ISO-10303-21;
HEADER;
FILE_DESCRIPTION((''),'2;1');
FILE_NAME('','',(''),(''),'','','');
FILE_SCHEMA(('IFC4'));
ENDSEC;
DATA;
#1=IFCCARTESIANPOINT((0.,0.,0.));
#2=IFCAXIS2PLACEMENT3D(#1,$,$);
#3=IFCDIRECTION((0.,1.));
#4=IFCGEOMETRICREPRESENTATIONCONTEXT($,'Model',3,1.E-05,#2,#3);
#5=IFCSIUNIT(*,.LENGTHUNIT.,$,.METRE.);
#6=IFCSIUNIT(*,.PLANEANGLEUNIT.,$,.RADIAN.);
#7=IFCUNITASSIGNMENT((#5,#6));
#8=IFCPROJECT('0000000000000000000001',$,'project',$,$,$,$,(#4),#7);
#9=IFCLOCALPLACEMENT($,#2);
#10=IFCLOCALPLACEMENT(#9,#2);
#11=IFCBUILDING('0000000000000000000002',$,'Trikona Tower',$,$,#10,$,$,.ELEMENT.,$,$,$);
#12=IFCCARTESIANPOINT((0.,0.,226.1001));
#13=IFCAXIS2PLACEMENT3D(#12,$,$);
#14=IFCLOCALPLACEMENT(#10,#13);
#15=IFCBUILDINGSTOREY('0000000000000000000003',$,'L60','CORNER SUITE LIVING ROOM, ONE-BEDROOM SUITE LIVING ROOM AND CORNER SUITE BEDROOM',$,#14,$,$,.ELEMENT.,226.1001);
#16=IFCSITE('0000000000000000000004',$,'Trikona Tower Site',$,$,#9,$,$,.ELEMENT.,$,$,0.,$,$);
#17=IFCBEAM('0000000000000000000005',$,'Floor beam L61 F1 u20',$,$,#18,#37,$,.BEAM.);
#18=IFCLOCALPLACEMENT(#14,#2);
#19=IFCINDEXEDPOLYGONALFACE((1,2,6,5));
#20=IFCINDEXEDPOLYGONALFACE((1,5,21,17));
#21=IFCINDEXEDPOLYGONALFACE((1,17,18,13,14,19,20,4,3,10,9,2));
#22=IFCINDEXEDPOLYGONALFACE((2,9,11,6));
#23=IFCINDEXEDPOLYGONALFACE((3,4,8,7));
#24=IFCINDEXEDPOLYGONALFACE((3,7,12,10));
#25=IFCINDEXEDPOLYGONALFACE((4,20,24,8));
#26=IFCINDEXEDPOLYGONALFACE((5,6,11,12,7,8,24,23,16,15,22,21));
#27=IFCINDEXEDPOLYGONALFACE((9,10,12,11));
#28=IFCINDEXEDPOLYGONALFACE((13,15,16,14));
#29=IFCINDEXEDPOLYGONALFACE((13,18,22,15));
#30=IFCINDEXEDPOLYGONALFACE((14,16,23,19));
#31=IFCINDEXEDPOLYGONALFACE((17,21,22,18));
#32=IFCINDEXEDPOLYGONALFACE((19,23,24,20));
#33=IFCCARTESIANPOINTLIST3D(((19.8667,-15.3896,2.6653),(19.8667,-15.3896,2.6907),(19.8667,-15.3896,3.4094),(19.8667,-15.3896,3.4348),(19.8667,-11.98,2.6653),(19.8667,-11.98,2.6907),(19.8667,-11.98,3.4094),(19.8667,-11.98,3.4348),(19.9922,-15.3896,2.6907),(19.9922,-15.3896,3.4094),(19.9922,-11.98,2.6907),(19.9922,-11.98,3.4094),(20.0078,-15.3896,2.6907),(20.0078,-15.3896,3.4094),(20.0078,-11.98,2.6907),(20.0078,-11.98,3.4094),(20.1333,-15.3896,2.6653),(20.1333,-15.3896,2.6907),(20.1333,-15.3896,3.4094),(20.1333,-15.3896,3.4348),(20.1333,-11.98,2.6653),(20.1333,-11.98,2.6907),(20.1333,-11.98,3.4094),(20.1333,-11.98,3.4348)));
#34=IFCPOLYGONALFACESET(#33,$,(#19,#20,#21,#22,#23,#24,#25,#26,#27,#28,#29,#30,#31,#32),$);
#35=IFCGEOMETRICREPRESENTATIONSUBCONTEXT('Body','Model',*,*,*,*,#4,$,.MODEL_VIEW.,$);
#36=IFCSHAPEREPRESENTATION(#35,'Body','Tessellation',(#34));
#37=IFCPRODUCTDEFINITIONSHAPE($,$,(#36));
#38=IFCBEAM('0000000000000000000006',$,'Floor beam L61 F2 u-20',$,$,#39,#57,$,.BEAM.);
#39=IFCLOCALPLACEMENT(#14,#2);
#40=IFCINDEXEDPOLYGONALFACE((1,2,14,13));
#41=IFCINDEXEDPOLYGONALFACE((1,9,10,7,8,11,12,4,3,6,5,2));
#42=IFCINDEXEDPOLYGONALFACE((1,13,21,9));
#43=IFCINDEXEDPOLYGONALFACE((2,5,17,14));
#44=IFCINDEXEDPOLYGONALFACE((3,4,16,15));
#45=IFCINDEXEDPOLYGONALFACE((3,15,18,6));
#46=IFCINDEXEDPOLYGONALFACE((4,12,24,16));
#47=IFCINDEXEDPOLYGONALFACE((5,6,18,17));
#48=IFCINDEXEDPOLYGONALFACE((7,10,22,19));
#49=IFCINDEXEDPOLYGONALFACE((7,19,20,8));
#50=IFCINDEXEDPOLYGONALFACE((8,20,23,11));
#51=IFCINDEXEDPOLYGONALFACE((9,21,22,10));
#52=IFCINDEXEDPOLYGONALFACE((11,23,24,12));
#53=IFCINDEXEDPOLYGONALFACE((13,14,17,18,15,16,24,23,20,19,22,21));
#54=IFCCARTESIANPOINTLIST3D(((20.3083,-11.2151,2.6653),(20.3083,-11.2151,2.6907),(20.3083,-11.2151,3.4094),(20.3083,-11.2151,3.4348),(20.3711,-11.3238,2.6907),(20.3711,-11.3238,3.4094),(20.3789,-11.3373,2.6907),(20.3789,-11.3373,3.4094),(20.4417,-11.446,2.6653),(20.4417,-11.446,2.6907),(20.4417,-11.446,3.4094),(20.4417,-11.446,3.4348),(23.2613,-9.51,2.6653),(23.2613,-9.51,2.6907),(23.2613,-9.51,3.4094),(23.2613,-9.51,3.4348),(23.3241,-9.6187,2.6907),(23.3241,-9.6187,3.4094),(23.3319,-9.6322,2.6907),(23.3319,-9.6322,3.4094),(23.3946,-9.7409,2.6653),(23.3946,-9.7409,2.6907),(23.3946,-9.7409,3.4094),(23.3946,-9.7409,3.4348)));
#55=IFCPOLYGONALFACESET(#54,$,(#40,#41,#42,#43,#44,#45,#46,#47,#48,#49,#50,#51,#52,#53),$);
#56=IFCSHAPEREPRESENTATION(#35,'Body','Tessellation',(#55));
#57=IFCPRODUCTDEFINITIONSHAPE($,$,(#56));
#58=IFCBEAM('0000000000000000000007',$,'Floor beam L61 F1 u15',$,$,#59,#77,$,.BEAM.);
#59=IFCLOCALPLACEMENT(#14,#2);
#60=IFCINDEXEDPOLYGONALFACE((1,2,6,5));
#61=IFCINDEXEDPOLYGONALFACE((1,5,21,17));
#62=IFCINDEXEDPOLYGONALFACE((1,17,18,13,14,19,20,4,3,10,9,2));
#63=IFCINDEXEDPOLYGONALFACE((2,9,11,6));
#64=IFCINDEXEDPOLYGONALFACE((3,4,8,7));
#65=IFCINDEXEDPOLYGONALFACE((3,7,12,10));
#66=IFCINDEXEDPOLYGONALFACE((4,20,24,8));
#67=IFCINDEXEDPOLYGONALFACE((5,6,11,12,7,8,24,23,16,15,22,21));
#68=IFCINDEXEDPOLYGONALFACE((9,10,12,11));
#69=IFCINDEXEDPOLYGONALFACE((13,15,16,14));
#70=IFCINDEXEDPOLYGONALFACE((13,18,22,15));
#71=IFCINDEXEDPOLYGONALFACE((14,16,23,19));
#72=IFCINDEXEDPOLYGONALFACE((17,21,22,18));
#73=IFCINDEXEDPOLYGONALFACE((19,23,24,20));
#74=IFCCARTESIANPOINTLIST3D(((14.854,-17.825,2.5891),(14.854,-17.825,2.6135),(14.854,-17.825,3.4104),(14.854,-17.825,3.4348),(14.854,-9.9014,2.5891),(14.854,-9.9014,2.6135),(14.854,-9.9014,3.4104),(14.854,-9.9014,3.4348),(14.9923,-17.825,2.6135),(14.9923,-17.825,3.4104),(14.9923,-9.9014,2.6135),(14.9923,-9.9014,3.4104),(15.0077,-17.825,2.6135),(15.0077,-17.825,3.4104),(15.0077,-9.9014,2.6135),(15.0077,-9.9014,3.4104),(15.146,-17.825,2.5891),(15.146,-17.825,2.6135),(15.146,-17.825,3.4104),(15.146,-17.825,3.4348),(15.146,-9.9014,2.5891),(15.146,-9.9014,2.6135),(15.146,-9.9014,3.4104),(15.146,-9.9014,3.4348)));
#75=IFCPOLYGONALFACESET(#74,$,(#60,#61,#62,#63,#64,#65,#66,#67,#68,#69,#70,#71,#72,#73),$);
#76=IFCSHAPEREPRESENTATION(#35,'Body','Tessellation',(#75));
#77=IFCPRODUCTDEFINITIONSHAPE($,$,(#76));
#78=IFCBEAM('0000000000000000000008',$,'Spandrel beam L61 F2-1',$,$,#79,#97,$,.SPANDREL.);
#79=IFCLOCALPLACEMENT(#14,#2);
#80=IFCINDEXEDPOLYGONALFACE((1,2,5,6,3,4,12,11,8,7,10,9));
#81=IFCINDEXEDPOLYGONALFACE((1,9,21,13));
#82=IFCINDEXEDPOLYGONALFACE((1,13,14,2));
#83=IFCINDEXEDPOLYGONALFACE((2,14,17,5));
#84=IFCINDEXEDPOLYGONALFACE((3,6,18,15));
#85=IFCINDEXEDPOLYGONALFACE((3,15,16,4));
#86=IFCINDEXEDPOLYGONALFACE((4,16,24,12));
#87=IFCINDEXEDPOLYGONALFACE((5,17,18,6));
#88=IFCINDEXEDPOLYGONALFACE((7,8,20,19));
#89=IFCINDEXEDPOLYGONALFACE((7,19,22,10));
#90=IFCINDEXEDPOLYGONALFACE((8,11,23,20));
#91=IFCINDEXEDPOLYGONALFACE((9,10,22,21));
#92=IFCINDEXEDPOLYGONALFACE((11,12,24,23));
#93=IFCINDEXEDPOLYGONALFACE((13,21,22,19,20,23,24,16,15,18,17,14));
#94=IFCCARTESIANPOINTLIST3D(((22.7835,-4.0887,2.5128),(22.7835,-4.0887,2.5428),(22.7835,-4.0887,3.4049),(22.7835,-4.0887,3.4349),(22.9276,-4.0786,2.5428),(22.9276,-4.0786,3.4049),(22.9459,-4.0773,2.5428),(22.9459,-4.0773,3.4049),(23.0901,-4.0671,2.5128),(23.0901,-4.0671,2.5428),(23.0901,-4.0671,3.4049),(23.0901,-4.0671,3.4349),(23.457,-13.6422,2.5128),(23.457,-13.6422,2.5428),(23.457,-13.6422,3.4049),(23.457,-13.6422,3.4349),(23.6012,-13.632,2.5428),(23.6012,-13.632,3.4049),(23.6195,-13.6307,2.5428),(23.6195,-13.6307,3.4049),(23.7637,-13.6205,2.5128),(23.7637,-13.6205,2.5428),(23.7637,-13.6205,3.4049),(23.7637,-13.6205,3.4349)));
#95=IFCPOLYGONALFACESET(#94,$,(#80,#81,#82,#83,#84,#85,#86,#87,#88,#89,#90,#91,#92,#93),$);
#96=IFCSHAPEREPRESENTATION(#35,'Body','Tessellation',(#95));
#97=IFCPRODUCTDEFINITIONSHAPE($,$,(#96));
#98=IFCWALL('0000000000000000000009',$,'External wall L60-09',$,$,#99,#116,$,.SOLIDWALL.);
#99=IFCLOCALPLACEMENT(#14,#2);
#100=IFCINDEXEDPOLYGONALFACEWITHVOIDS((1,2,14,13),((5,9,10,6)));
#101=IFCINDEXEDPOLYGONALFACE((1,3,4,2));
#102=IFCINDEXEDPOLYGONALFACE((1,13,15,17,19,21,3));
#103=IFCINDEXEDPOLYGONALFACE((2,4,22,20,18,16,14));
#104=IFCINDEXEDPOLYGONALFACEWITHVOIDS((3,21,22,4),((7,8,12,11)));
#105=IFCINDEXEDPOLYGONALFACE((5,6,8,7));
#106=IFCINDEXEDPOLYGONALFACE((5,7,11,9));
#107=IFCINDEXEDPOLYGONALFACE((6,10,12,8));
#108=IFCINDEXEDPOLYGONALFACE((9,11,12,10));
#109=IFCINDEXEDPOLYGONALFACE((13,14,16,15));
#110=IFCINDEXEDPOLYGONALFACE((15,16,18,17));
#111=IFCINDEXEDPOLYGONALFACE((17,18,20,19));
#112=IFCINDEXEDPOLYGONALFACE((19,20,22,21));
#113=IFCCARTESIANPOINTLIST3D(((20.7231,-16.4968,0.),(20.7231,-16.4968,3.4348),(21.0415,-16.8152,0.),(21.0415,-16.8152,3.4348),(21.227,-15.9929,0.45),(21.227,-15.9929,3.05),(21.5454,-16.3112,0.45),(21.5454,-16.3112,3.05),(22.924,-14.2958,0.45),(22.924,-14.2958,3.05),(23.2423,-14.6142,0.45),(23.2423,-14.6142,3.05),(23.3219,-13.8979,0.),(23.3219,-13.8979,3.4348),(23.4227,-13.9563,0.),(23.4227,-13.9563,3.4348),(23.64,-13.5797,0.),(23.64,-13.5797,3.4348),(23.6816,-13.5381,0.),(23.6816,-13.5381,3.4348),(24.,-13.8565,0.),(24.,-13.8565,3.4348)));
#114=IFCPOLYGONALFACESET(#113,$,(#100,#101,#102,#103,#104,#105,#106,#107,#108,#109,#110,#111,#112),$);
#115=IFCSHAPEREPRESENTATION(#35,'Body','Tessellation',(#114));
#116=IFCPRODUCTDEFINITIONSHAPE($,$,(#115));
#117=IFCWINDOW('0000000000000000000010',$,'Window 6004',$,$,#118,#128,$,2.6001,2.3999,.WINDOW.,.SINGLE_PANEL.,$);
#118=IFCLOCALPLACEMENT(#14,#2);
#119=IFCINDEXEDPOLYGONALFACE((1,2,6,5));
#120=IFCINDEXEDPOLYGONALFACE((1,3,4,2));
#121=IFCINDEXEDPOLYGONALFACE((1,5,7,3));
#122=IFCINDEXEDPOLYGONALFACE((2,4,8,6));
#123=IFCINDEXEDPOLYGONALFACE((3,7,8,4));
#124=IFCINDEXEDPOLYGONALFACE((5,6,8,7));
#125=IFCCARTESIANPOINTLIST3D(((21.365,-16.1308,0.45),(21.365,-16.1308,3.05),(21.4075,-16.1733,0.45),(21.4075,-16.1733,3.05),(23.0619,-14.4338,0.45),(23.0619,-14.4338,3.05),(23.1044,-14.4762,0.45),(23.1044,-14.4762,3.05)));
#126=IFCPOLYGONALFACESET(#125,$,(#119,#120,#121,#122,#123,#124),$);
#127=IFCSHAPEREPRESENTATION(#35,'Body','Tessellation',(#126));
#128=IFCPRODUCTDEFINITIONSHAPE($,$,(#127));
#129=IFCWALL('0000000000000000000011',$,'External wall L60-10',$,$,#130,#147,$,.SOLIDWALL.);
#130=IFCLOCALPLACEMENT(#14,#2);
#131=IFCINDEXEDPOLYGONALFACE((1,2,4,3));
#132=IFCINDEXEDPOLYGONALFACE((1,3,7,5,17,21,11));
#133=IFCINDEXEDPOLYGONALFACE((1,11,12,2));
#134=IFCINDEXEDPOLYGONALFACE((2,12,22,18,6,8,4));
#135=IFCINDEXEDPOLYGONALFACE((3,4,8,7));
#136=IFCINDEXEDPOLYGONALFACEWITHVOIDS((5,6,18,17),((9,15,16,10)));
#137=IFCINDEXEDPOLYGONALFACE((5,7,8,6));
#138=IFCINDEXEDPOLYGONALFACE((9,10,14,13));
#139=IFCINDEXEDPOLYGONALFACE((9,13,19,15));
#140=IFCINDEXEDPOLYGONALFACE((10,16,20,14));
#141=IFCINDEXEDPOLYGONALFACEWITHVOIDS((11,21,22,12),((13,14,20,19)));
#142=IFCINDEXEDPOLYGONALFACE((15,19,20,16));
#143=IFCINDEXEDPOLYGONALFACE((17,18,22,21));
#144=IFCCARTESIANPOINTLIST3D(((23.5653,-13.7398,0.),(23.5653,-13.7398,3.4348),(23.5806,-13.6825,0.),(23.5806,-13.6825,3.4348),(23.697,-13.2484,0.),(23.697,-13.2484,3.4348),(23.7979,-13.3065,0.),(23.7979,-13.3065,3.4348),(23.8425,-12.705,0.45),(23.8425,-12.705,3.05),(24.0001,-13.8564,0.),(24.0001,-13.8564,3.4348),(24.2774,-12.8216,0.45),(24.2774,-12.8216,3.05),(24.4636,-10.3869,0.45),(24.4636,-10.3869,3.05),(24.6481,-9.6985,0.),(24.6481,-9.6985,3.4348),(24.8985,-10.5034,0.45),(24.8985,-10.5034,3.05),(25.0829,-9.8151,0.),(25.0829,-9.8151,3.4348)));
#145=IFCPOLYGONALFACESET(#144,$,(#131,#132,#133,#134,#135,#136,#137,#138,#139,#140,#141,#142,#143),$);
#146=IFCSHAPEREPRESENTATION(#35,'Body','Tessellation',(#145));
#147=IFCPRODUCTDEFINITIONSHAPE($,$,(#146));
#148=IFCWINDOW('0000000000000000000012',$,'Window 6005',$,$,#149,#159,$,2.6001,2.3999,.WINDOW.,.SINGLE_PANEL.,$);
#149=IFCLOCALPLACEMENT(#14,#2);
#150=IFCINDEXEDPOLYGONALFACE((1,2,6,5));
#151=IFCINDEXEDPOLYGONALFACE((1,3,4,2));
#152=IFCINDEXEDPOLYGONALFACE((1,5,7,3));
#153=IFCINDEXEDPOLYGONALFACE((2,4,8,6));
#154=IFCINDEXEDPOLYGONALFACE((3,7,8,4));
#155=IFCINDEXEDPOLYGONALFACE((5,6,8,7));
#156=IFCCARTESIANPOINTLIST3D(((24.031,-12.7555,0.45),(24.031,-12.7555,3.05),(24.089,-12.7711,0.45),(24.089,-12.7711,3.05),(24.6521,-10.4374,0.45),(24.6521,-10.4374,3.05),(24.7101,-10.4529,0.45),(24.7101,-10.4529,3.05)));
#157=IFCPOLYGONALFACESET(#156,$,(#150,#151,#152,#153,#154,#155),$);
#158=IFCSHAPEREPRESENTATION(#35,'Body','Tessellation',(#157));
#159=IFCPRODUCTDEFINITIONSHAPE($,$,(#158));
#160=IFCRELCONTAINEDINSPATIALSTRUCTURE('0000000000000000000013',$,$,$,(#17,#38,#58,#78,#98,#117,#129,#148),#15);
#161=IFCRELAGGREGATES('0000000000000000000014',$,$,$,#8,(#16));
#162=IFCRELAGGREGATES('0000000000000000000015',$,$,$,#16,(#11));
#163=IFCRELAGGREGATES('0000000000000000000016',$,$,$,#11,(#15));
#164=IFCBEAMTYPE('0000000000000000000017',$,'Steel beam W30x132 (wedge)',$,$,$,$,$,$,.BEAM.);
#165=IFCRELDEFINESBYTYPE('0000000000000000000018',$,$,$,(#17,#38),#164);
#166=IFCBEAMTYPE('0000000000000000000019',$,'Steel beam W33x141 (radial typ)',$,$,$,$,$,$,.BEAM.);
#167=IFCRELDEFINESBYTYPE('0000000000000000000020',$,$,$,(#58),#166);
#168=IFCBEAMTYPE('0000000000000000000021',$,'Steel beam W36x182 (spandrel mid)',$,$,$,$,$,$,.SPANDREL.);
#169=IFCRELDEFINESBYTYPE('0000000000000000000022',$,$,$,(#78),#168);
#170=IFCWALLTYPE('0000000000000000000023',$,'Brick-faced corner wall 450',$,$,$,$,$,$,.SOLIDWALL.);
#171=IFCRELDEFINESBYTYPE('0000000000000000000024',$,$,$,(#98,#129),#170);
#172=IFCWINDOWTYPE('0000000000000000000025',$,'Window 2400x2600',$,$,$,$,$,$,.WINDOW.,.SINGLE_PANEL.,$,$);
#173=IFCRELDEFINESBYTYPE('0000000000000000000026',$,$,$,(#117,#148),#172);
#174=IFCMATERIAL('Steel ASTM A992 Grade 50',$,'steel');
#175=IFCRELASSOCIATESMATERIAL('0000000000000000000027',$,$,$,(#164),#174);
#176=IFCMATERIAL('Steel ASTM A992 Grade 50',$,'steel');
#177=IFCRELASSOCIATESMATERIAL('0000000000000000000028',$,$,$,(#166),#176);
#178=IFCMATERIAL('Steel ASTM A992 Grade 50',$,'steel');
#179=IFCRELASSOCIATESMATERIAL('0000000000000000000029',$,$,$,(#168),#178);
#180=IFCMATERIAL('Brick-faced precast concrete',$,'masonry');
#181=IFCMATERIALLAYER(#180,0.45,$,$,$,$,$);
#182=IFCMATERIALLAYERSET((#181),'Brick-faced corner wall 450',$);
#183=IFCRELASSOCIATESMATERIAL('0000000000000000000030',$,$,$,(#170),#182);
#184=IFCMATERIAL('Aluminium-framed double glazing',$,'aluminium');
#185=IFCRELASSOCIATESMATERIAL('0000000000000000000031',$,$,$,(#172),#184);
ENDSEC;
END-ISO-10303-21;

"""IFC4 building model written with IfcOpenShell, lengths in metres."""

from ifc_helpers import new_model, si_unit, direction, frame, frame_2d, origin, origin_2d, place, context, subcontext, project, spatial, polyline, rectangle, i_section, outline, extrude, material, layer, layer_set, material_profile, profile_set, type_object, element, fill, save


model = new_model("IFC4")

# Units and contexts
model_context = context("Model", 3, precision=1e-05, world=origin(), true_north=direction((0.0, 1.0)))
body_context = subcontext(model_context, "Body", "Model", "MODEL_VIEW")
ifc_project = project(units=[si_unit("LENGTHUNIT", "METRE"), si_unit("PLANEANGLEUNIT", "RADIAN")], contexts=[model_context])

# Site, building, storey
site_placement = place(None, origin())
site = spatial("IfcSite", under=ifc_project, at=site_placement, Name="Trikona Tower Site", CompositionType="ELEMENT", RefElevation=0.0)
building_placement = place(site_placement, origin())
building = spatial("IfcBuilding", under=site, at=building_placement, Name="Trikona Tower", CompositionType="ELEMENT")
storey_placement = place(building_placement, frame((0.0, 0.0, 226.1001)))
storey = spatial("IfcBuildingStorey", under=building, at=storey_placement, Name="L60", Description="CORNER SUITE LIVING ROOM, ONE-BEDROOM SUITE LIVING ROOM AND CORNER SUITE BEDROOM", CompositionType="ELEMENT", Elevation=226.1001)

# Beams
ifc_material_1 = material(Name="Steel ASTM A992 Grade 50", Category="steel")
ifc_material_profile_1 = material_profile(ifc_material_1, i_section(OverallWidth=0.2666, OverallDepth=0.7695, WebThickness=0.0156, FlangeThickness=0.0254, at=origin_2d()), Name="W30X132")
ifc_profile_set_1 = profile_set([ifc_material_profile_1], Name="Steel ASTM A992 Grade 50")
beam_type_1 = type_object("IfcBeamType", Name="Steel beam W30x132 (wedge)", PredefinedType="BEAM", material=ifc_profile_set_1)
beam_1_placement = place(storey_placement, frame((20.0, -11.98, 3.05), z_axis=(0.0, -1.0, 0.0), x_axis=(1.0, 0.0, 0.0)))
element("IfcBeam", 1, at=beam_1_placement, inside=storey, type_object=beam_type_1, Name="Floor beam L61 F1 u20", PredefinedType="BEAM", context=body_context, shape_type="SweptSolid", body=[
    extrude(i_section(OverallWidth=0.2666, OverallDepth=0.7695, WebThickness=0.0156, FlangeThickness=0.0254, at=origin_2d()), origin(), (0.0, 0.0, 1.0), 3.4097),
])
beam_2_placement = place(storey_placement, frame((20.375, -11.3306, 3.05), z_axis=(0.865996, 0.500051, 0.0), x_axis=(-0.500051, 0.865996, 0.0)))
element("IfcBeam", 2, at=beam_2_placement, inside=storey, type_object=beam_type_1, Name="Floor beam L61 F2 u-20", PredefinedType="BEAM", context=body_context, shape_type="SweptSolid", body=[
    extrude(i_section(OverallWidth=0.2666, OverallDepth=0.7695, WebThickness=0.0156, FlangeThickness=0.0254, at=origin_2d()), origin(), (0.0, 0.0, 1.0), 3.4099),
])
ifc_material_2 = material(Name="Steel ASTM A992 Grade 50", Category="steel")
ifc_material_profile_2 = material_profile(ifc_material_2, i_section(OverallWidth=0.292, OverallDepth=0.8457, WebThickness=0.0154, FlangeThickness=0.0244, at=origin_2d()), Name="W33X141")
ifc_profile_set_2 = profile_set([ifc_material_profile_2], Name="Steel ASTM A992 Grade 50")
beam_type_2 = type_object("IfcBeamType", Name="Steel beam W33x141 (radial typ)", PredefinedType="BEAM", material=ifc_profile_set_2)
beam_3_placement = place(storey_placement, frame((15.0, -9.9014, 3.012), z_axis=(0.0, -1.0, 0.0), x_axis=(1.0, 0.0, 0.0)))
element("IfcBeam", 3, at=beam_3_placement, inside=storey, type_object=beam_type_2, Name="Floor beam L61 F1 u15", PredefinedType="BEAM", context=body_context, shape_type="SweptSolid", body=[
    extrude(i_section(OverallWidth=0.292, OverallDepth=0.8457, WebThickness=0.0154, FlangeThickness=0.0244, at=origin_2d()), origin(), (0.0, 0.0, 1.0), 7.9236),
])
ifc_material_3 = material(Name="Steel ASTM A992 Grade 50", Category="steel")
ifc_material_profile_3 = material_profile(ifc_material_3, i_section(OverallWidth=0.3074, OverallDepth=0.9221, WebThickness=0.0183, FlangeThickness=0.03, at=origin_2d()), Name="W36X182")
ifc_profile_set_3 = profile_set([ifc_material_profile_3], Name="Steel ASTM A992 Grade 50")
beam_type_3 = type_object("IfcBeamType", Name="Steel beam W36x182 (spandrel mid)", PredefinedType="SPANDREL", material=ifc_profile_set_3)
beam_4_placement = place(storey_placement, frame((23.6104, -13.6313, 2.9739), z_axis=(-0.070332, 0.997524, 0.0), x_axis=(-0.997524, -0.070332, 0.0)))
element("IfcBeam", 4, at=beam_4_placement, inside=storey, type_object=beam_type_3, Name="Spandrel beam L61 F2-1", PredefinedType="SPANDREL", context=body_context, shape_type="SweptSolid", body=[
    extrude(i_section(OverallWidth=0.3074, OverallDepth=0.9221, WebThickness=0.0183, FlangeThickness=0.03, at=origin_2d()), origin(), (0.0, 0.0, 1.0), 9.5771),
])

# Walls, openings, windows
ifc_material_4 = material(Name="Brick-faced precast concrete", Category="masonry")
ifc_layer_1 = layer(ifc_material_4, 0.45)
ifc_layer_set_1 = layer_set([ifc_layer_1], Name="Brick-faced corner wall 450")
wall_type_1 = type_object("IfcWallType", Name="Brick-faced corner wall 450", PredefinedType="SOLIDWALL", material=ifc_layer_set_1)
wall_1_placement = place(storey_placement, frame((20.8823, -16.656, 0.0), z_axis=(0.0, 0.0, 1.0), x_axis=(0.707078, 0.707136, 0.0)))
wall_1 = element("IfcWall", 5, at=wall_1_placement, inside=storey, type_object=wall_type_1, Name="External wall L60-09", PredefinedType="SOLIDWALL", context=body_context, shape_type="SweptSolid", body=[
    extrude(outline(polyline([(4.1841, 0.2251), (4.1252, 0.2251), (3.7053, 0.1125), (3.6753, 0.2251), (0.0, 0.2251), (0.0, -0.2251), (4.1841, -0.2251), (4.1841, 0.2251)])), origin(), (0.0, 0.0, 1.0), 3.4348),
])
opening_1_placement = place(wall_1_placement, frame((0.7126, 0.0, 0.45)))
opening_1 = element("IfcOpeningElement", 6, at=opening_1_placement, cuts=wall_1, PredefinedType="OPENING", context=body_context, shape_type="SweptSolid", body=[
    extrude(rectangle(XDim=2.3999, YDim=2.6001, at=frame_2d((1.2, 1.3))), frame((0.0, 0.2349, 0.0), z_axis=(0.0, -1.0, 0.0), x_axis=(1.0, 0.0, 0.0)), (0.0, 0.0, 1.0), 0.47),
])
ifc_material_5 = material(Name="Aluminium-framed double glazing", Category="aluminium")
window_type_1 = type_object("IfcWindowType", Name="Window 2400x2600", PartitioningType="SINGLE_PANEL", PredefinedType="WINDOW", material=ifc_material_5)
window_1_placement = place(opening_1_placement, origin())
window_1 = element("IfcWindow", 7, at=window_1_placement, inside=storey, type_object=window_type_1, Name="Window 6004", OverallHeight=2.6001, OverallWidth=2.3999, PartitioningType="SINGLE_PANEL", PredefinedType="WINDOW", context=body_context, shape_type="SweptSolid", body=[
    extrude(rectangle(XDim=2.3999, YDim=2.6001, at=frame_2d((1.2, 1.3))), frame((0.0, 0.03, 0.0), z_axis=(0.0, -1.0, 0.0), x_axis=(1.0, 0.0, 0.0)), (0.0, 0.0, 1.0), 0.0601),
])
fill(opening_1, window_1)
wall_2_placement = place(storey_placement, frame((23.7827, -13.7981, 0.0), z_axis=(0.0, 0.0, 1.0), x_axis=(0.258799, 0.965931, 0.0)))
wall_2 = element("IfcWall", 8, at=wall_2_placement, inside=storey, type_object=wall_type_1, Name="External wall L60-10", PredefinedType="SOLIDWALL", context=body_context, shape_type="SweptSolid", body=[
    extrude(outline(polyline([(4.1838, 0.2251), (0.5088, 0.2251), (0.4788, 0.1125), (0.0593, 0.2251), (0.0, 0.2251), (0.0, -0.2251), (4.1838, -0.2251), (4.1838, 0.2251)])), origin(), (0.0, 0.0, 1.0), 3.4348),
])
opening_2_placement = place(wall_2_placement, frame((1.0713, 0.0, 0.45)))
opening_2 = element("IfcOpeningElement", 9, at=opening_2_placement, cuts=wall_2, PredefinedType="OPENING", context=body_context, shape_type="SweptSolid", body=[
    extrude(rectangle(XDim=2.3999, YDim=2.6001, at=frame_2d((1.2, 1.3))), frame((0.0, 0.2349, 0.0), z_axis=(0.0, -1.0, 0.0), x_axis=(1.0, 0.0, 0.0)), (0.0, 0.0, 1.0), 0.47),
])
window_2_placement = place(opening_2_placement, origin())
window_2 = element("IfcWindow", 10, at=window_2_placement, inside=storey, type_object=window_type_1, Name="Window 6005", OverallHeight=2.6001, OverallWidth=2.3999, PartitioningType="SINGLE_PANEL", PredefinedType="WINDOW", context=body_context, shape_type="SweptSolid", body=[
    extrude(rectangle(XDim=2.3999, YDim=2.6001, at=frame_2d((1.2, 1.3))), frame((0.0, 0.03, 0.0), z_axis=(0.0, -1.0, 0.0), x_axis=(1.0, 0.0, 0.0)), (0.0, 0.0, 1.0), 0.0601),
])
fill(opening_2, window_2)

save(model, "model.ifc")
